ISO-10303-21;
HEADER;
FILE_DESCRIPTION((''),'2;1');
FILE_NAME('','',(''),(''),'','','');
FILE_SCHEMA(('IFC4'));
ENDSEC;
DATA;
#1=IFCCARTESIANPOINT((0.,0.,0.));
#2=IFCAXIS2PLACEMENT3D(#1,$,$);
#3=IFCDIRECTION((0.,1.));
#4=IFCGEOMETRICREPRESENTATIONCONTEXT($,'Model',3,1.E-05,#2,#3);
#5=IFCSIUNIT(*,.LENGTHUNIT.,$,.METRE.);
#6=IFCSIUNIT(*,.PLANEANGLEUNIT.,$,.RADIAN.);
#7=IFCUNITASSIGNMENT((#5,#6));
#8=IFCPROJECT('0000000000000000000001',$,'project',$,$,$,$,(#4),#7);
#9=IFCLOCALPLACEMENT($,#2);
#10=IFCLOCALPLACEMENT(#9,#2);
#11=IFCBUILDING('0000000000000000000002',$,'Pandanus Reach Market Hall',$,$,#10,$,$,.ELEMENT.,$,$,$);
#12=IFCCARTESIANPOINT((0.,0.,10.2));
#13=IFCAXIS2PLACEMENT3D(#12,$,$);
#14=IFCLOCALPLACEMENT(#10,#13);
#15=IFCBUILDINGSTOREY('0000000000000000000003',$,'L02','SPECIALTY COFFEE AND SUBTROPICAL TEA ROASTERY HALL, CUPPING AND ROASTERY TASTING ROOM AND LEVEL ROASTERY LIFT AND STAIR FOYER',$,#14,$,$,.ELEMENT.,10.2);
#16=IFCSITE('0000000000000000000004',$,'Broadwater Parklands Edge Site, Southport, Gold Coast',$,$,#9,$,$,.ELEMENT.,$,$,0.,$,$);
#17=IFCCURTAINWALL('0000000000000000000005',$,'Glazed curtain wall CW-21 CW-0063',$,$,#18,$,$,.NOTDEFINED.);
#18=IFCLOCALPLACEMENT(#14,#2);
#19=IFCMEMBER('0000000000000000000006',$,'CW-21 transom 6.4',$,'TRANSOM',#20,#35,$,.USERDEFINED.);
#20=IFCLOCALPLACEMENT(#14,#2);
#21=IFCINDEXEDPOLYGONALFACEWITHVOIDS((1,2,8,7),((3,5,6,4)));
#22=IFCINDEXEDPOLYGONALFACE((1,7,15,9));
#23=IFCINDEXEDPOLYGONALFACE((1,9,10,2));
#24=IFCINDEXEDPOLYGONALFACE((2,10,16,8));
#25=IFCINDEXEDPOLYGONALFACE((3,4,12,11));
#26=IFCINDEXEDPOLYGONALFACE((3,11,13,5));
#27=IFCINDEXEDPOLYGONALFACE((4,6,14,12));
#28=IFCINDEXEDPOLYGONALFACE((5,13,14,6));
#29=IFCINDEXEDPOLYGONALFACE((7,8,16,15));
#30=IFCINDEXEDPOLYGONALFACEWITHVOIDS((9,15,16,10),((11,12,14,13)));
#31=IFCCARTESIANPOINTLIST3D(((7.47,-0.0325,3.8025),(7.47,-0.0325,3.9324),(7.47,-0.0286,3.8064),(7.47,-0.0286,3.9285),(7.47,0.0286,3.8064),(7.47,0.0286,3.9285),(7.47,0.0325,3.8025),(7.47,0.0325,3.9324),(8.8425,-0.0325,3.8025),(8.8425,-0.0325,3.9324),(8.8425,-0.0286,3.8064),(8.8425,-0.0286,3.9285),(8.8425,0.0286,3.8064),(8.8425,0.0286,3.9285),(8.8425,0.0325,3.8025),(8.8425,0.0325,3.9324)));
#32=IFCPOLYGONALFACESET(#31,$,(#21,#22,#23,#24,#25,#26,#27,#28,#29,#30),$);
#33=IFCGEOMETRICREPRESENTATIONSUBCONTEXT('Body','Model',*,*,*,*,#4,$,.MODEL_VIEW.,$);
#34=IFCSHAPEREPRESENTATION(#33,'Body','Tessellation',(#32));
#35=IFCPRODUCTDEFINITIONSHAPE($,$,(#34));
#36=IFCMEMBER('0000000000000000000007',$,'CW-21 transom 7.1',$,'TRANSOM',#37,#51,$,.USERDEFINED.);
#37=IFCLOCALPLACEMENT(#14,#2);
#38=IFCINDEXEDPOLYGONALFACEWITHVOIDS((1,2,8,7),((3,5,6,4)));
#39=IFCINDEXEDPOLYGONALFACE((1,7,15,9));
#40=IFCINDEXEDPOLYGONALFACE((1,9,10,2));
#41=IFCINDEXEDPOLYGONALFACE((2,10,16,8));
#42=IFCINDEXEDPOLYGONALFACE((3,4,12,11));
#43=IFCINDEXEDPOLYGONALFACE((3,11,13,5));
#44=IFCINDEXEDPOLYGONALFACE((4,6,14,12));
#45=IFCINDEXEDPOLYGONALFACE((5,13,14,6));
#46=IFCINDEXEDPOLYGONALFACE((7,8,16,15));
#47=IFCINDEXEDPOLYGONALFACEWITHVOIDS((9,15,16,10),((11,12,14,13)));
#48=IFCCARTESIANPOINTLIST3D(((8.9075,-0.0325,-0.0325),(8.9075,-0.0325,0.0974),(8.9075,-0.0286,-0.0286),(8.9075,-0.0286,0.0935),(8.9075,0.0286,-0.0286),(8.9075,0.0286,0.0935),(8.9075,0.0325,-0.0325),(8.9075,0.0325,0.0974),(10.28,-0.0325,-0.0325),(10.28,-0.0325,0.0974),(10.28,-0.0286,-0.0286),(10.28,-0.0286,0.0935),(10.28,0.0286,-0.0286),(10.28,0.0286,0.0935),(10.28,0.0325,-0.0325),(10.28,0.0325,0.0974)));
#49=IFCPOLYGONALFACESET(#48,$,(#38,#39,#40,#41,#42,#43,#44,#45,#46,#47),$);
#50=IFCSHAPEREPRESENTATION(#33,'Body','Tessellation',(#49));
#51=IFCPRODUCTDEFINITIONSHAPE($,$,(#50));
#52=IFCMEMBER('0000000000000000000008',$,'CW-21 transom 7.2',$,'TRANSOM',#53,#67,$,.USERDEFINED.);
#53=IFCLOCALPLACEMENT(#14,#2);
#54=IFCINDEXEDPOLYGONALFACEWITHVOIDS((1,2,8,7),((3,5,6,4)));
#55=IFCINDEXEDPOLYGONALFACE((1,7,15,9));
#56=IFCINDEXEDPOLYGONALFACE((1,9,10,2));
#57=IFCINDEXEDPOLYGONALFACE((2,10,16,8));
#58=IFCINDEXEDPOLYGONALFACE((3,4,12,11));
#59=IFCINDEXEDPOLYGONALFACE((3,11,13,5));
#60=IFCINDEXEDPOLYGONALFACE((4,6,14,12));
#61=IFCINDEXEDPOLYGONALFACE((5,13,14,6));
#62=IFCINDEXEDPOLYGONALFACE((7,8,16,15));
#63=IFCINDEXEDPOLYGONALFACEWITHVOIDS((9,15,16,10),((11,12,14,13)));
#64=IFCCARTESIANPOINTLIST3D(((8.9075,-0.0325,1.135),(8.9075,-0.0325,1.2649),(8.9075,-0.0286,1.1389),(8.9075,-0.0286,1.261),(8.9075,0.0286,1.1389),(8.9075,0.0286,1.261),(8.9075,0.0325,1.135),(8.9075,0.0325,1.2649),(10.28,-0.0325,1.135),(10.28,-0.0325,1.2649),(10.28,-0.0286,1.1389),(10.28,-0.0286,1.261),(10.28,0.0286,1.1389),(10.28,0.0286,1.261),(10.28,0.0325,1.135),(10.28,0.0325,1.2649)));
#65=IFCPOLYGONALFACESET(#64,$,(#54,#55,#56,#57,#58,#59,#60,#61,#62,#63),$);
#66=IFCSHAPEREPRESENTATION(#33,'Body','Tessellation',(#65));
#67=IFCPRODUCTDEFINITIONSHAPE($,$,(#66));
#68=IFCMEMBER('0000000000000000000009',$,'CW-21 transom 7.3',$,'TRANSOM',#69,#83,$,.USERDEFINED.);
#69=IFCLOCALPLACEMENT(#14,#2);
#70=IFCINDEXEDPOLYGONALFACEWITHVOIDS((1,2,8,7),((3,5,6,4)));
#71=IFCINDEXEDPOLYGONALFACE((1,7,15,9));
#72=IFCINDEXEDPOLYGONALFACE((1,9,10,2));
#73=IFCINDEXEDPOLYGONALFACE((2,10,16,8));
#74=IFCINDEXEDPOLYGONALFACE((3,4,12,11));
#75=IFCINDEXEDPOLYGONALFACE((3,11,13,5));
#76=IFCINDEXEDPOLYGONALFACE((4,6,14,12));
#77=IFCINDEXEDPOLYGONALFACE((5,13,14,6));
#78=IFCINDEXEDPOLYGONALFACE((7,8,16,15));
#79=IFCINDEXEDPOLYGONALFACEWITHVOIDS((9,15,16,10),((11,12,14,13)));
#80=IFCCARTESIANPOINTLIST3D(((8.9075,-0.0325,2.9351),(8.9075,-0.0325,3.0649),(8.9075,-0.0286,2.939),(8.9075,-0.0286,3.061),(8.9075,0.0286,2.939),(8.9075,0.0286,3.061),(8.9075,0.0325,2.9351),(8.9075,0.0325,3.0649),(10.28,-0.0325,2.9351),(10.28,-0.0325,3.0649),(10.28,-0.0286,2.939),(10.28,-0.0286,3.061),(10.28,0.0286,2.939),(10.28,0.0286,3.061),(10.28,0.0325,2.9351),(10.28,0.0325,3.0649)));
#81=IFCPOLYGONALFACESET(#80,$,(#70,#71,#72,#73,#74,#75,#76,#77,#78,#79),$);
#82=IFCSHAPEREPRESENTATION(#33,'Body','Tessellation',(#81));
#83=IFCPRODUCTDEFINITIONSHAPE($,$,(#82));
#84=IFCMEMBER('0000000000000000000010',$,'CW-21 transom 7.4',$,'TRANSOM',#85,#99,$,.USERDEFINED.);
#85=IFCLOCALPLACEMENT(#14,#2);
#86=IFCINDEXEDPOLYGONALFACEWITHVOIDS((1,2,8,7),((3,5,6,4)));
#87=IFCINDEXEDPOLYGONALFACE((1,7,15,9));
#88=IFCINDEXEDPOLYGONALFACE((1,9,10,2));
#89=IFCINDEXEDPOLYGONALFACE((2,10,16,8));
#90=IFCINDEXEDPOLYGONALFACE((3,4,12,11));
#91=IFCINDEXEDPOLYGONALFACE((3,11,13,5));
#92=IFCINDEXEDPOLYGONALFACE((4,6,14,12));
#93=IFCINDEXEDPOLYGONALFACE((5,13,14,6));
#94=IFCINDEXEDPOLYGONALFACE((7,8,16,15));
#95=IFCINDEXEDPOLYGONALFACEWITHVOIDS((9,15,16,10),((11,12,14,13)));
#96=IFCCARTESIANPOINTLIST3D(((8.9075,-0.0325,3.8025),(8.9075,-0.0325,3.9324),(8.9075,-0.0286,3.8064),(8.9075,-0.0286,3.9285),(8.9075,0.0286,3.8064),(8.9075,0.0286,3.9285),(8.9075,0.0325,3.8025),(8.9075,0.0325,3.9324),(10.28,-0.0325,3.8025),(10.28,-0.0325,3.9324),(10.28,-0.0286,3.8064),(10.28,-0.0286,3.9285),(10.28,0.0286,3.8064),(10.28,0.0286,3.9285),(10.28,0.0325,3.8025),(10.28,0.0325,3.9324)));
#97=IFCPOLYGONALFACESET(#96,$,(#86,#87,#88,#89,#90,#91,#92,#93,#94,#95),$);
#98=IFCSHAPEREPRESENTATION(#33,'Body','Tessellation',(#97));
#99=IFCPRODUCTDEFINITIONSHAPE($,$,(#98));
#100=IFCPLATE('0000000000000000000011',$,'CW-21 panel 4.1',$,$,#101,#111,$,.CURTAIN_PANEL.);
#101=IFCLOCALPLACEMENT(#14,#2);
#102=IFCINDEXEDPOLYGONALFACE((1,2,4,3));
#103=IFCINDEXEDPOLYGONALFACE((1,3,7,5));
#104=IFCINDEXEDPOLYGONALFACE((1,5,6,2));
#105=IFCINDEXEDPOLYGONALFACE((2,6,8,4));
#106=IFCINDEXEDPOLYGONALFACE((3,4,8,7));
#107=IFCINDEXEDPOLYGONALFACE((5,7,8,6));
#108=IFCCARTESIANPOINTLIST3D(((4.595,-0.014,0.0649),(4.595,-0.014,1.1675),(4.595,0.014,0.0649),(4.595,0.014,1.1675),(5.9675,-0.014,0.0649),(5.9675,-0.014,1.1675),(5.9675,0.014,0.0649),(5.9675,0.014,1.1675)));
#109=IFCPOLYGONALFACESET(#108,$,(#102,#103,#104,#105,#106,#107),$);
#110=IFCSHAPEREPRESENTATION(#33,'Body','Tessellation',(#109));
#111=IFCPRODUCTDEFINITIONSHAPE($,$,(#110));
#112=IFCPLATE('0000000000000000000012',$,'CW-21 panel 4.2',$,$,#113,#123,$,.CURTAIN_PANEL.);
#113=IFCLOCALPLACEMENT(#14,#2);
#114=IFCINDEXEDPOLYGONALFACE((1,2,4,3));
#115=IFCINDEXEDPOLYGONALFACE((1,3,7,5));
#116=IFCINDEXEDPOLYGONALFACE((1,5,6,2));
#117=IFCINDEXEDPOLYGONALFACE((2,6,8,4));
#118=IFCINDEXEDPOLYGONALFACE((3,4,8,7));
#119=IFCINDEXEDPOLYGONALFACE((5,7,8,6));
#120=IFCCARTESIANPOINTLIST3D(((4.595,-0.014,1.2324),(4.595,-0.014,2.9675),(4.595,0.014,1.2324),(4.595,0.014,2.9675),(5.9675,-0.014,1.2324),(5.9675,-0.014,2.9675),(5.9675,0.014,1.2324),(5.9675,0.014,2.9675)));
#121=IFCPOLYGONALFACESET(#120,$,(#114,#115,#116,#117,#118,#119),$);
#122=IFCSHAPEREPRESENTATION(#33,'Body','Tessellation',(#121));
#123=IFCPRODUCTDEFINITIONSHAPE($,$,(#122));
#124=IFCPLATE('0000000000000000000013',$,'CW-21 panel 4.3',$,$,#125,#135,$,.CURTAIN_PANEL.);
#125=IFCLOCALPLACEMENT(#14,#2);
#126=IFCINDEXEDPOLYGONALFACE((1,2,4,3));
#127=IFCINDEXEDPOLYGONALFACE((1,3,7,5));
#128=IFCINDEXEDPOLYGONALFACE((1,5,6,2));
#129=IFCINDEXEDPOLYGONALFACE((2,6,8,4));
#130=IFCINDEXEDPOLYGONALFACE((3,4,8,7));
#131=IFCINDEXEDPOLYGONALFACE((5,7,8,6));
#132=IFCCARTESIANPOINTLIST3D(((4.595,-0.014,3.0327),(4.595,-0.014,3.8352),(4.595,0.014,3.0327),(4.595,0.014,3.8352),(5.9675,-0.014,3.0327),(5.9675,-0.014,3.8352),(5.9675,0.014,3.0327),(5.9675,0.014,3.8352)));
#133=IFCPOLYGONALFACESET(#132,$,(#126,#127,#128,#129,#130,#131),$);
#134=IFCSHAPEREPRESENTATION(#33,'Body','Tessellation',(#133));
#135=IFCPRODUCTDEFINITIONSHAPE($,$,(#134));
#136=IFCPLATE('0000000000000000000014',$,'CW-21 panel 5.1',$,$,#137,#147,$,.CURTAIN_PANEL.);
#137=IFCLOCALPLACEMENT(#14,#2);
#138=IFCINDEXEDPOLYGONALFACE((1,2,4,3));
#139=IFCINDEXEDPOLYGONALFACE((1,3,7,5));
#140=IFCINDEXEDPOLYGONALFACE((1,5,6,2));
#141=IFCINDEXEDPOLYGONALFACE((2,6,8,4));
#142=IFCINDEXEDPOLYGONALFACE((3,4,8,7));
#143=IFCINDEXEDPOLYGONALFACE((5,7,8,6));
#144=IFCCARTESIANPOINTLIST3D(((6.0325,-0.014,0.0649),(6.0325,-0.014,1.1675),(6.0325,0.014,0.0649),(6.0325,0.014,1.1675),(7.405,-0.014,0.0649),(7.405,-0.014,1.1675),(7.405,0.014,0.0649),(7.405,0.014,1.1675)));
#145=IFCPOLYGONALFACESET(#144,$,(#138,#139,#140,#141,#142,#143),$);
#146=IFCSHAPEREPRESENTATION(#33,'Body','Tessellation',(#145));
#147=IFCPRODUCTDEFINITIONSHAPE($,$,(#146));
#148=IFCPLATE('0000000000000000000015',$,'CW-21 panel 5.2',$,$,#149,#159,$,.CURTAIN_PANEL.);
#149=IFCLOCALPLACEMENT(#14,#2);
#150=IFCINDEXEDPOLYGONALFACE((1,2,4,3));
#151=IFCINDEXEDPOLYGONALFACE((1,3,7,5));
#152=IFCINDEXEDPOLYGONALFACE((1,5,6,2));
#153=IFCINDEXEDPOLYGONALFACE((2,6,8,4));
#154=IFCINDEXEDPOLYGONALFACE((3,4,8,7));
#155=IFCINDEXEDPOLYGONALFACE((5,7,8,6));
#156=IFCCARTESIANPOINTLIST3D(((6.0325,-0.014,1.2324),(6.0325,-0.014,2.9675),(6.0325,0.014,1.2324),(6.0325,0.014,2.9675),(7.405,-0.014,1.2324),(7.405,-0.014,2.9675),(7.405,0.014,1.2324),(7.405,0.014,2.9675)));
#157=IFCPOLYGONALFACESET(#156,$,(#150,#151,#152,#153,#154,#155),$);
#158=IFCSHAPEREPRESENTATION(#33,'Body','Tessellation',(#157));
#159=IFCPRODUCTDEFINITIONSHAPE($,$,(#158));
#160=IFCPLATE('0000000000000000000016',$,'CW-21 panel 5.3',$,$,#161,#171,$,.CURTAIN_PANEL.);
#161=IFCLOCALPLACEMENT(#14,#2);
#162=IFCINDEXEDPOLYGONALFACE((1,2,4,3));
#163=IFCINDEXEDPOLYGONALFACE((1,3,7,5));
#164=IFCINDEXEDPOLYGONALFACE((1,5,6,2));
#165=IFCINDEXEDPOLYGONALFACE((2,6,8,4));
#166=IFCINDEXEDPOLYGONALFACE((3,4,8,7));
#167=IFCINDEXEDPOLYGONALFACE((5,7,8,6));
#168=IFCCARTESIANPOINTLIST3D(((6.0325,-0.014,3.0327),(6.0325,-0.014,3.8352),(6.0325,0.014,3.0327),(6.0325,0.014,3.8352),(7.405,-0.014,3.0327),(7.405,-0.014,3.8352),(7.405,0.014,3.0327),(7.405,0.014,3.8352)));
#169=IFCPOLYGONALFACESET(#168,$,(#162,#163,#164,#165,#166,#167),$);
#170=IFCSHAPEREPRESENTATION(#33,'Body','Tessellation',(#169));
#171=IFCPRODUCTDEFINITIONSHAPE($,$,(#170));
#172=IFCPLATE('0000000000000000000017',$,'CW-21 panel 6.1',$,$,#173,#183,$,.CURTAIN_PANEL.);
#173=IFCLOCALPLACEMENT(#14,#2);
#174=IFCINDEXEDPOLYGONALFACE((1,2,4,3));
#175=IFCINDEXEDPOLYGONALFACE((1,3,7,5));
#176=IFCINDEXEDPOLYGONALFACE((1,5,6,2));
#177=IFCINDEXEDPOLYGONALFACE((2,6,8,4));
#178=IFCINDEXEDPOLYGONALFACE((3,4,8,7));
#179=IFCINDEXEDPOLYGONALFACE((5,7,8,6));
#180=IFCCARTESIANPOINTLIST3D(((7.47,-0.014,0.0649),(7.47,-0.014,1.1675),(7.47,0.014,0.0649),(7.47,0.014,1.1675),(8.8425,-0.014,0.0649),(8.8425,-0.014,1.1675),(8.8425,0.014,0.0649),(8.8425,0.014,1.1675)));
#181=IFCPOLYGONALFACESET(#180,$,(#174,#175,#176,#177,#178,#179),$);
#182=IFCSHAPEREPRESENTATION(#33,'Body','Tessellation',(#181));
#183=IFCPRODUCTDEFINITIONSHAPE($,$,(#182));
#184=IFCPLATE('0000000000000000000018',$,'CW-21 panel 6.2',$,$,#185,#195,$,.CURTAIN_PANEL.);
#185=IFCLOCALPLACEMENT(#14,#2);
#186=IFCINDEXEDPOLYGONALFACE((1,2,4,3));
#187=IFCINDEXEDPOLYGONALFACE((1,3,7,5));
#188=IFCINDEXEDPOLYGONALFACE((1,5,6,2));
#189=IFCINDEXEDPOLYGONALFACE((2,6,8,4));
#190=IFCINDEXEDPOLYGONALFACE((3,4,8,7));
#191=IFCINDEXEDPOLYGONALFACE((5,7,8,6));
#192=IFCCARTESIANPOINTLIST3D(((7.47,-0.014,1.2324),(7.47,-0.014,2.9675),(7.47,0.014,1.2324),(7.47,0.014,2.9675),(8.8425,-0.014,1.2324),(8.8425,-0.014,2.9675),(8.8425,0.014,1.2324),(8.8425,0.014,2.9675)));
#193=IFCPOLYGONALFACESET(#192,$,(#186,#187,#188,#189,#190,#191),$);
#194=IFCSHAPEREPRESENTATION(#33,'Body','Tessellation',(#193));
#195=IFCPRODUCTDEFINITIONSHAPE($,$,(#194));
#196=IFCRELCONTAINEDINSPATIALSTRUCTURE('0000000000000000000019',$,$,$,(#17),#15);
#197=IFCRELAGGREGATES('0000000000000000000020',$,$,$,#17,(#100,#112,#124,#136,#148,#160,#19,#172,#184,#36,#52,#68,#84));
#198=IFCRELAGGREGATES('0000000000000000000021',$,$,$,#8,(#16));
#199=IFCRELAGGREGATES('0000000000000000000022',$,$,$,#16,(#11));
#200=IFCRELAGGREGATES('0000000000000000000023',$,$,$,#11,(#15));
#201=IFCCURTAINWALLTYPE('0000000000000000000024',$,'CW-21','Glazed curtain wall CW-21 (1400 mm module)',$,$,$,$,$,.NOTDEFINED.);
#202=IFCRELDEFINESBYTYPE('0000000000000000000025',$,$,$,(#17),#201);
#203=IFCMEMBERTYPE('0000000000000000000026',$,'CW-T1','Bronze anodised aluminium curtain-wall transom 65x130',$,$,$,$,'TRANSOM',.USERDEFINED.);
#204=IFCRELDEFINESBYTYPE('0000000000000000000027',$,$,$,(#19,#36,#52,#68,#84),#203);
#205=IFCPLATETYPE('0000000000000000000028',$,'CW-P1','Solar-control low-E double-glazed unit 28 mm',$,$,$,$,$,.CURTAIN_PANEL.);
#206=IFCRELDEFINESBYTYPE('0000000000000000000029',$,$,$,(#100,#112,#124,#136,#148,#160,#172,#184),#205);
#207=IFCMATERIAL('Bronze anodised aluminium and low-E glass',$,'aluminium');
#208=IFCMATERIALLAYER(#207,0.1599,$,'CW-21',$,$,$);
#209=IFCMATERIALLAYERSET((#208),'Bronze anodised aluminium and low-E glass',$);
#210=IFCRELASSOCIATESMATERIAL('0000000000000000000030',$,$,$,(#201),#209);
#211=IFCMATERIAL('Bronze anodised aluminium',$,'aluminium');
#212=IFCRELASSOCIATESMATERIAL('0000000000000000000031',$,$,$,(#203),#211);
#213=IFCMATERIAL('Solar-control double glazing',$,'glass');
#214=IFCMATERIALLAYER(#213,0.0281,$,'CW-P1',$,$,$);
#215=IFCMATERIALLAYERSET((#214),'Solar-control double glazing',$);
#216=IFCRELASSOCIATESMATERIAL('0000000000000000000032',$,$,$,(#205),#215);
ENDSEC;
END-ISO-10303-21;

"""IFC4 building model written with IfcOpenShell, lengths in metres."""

from ifc_helpers import new_model, si_unit, direction, frame, origin, origin_2d, place, context, subcontext, project, spatial, rectangle, hollow_rectangle, extrude, material, layer, layer_set, material_profile, profile_set, type_object, element, aggregate, save


model = new_model("IFC4")

# Units and contexts
model_context = context("Model", 3, precision=1e-05, world=origin(), true_north=direction((0.0, 1.0)))
body_context = subcontext(model_context, "Body", "Model", "MODEL_VIEW")
ifc_project = project(units=[si_unit("LENGTHUNIT", "METRE"), si_unit("PLANEANGLEUNIT", "RADIAN")], contexts=[model_context])

# Site, building, storey
site_placement = place(None, origin())
site = spatial("IfcSite", under=ifc_project, at=site_placement, Name="Broadwater Parklands Edge Site, Southport, Gold Coast", CompositionType="ELEMENT", RefElevation=0.0)
building_placement = place(site_placement, origin())
building = spatial("IfcBuilding", under=site, at=building_placement, Name="Pandanus Reach Market Hall", CompositionType="ELEMENT")
storey_placement = place(building_placement, frame((0.0, 0.0, 10.2)))
storey = spatial("IfcBuildingStorey", under=building, at=storey_placement, Name="L02", Description="SPECIALTY COFFEE AND SUBTROPICAL TEA ROASTERY HALL, CUPPING AND ROASTERY TASTING ROOM AND LEVEL ROASTERY LIFT AND STAIR FOYER", CompositionType="ELEMENT", Elevation=10.2)

# Curtain wall, members, plates
ifc_material_1 = material(Name="Bronze anodised aluminium and low-E glass", Category="aluminium")
ifc_layer_1 = layer(ifc_material_1, 0.1599, Name="CW-21")
ifc_layer_set_1 = layer_set([ifc_layer_1], Name="Bronze anodised aluminium and low-E glass")
curtain_wall_type = type_object("IfcCurtainWallType", Name="CW-21", Description="Glazed curtain wall CW-21 (1400 mm module)", PredefinedType="NOTDEFINED", material=ifc_layer_set_1)
curtain_wall_placement = place(storey_placement, origin())
curtain_wall = element("IfcCurtainWall", 1, at=curtain_wall_placement, inside=storey, type_object=curtain_wall_type, Name="Glazed curtain wall CW-21 CW-0063", PredefinedType="NOTDEFINED")
ifc_material_2 = material(Name="Bronze anodised aluminium", Category="aluminium")
ifc_material_profile_1 = material_profile(ifc_material_2, hollow_rectangle(XDim=0.0649, YDim=0.1299, WallThickness=0.0039, at=origin_2d()), Name="ALU65x130", Category="LoadBearing")
ifc_profile_set_1 = profile_set([ifc_material_profile_1], Name="Bronze anodised aluminium")
member_type_1 = type_object("IfcMemberType", Name="CW-T1", Description="Bronze anodised aluminium curtain-wall transom 65x130", ElementType="TRANSOM", PredefinedType="USERDEFINED", material=ifc_profile_set_1)
member_1_placement = place(storey_placement, frame((7.47, 0.0, 3.8674), z_axis=(1.0, 0.0, 0.0), x_axis=(0.0, 1.0, 0.0)))
member_1 = element("IfcMember", 2, at=member_1_placement, type_object=member_type_1, Name="CW-21 transom 6.4", ObjectType="TRANSOM", PredefinedType="USERDEFINED", context=body_context, shape_type="SweptSolid", body=[
    extrude(hollow_rectangle(XDim=0.0649, YDim=0.1299, WallThickness=0.0039, at=origin_2d()), origin(), (0.0, 0.0, 1.0), 1.3726),
])
member_2_placement = place(storey_placement, frame((8.9075, 0.0, 0.0325), z_axis=(1.0, 0.0, 0.0), x_axis=(0.0, 1.0, 0.0)))
member_2 = element("IfcMember", 3, at=member_2_placement, type_object=member_type_1, Name="CW-21 transom 7.1", ObjectType="TRANSOM", PredefinedType="USERDEFINED", context=body_context, shape_type="SweptSolid", body=[
    extrude(hollow_rectangle(XDim=0.0649, YDim=0.1299, WallThickness=0.0039, at=origin_2d()), origin(), (0.0, 0.0, 1.0), 1.3726),
])
member_3_placement = place(storey_placement, frame((8.9075, 0.0, 1.2), z_axis=(1.0, 0.0, 0.0), x_axis=(0.0, 1.0, 0.0)))
member_3 = element("IfcMember", 4, at=member_3_placement, type_object=member_type_1, Name="CW-21 transom 7.2", ObjectType="TRANSOM", PredefinedType="USERDEFINED", context=body_context, shape_type="SweptSolid", body=[
    extrude(hollow_rectangle(XDim=0.0649, YDim=0.1299, WallThickness=0.0039, at=origin_2d()), origin(), (0.0, 0.0, 1.0), 1.3726),
])
member_4_placement = place(storey_placement, frame((8.9075, 0.0, 3.0), z_axis=(1.0, 0.0, 0.0), x_axis=(0.0, 1.0, 0.0)))
member_4 = element("IfcMember", 5, at=member_4_placement, type_object=member_type_1, Name="CW-21 transom 7.3", ObjectType="TRANSOM", PredefinedType="USERDEFINED", context=body_context, shape_type="SweptSolid", body=[
    extrude(hollow_rectangle(XDim=0.0649, YDim=0.1299, WallThickness=0.0039, at=origin_2d()), origin(), (0.0, 0.0, 1.0), 1.3726),
])
member_5_placement = place(storey_placement, frame((8.9075, 0.0, 3.8674), z_axis=(1.0, 0.0, 0.0), x_axis=(0.0, 1.0, 0.0)))
member_5 = element("IfcMember", 6, at=member_5_placement, type_object=member_type_1, Name="CW-21 transom 7.4", ObjectType="TRANSOM", PredefinedType="USERDEFINED", context=body_context, shape_type="SweptSolid", body=[
    extrude(hollow_rectangle(XDim=0.0649, YDim=0.1299, WallThickness=0.0039, at=origin_2d()), origin(), (0.0, 0.0, 1.0), 1.3726),
])
ifc_material_3 = material(Name="Solar-control double glazing", Category="glass")
ifc_layer_2 = layer(ifc_material_3, 0.0281, Name="CW-P1")
ifc_layer_set_2 = layer_set([ifc_layer_2], Name="Solar-control double glazing")
plate_type = type_object("IfcPlateType", Name="CW-P1", Description="Solar-control low-E double-glazed unit 28 mm", PredefinedType="CURTAIN_PANEL", material=ifc_layer_set_2)
plate_1_placement = place(storey_placement, frame((5.2812, 0.0, 0.0649), z_axis=(0.0, 0.0, 1.0), x_axis=(1.0, 0.0, 0.0)))
plate_1 = element("IfcPlate", 7, at=plate_1_placement, type_object=plate_type, Name="CW-21 panel 4.1", PredefinedType="CURTAIN_PANEL", context=body_context, shape_type="SweptSolid", body=[
    extrude(rectangle(XDim=1.3726, YDim=0.0281, at=origin_2d()), origin(), (0.0, 0.0, 1.0), 1.1025),
])
plate_2_placement = place(storey_placement, frame((5.2812, 0.0, 1.2324), z_axis=(0.0, 0.0, 1.0), x_axis=(1.0, 0.0, 0.0)))
plate_2 = element("IfcPlate", 8, at=plate_2_placement, type_object=plate_type, Name="CW-21 panel 4.2", PredefinedType="CURTAIN_PANEL", context=body_context, shape_type="SweptSolid", body=[
    extrude(rectangle(XDim=1.3726, YDim=0.0281, at=origin_2d()), origin(), (0.0, 0.0, 1.0), 1.7351),
])
plate_3_placement = place(storey_placement, frame((5.2812, 0.0, 3.0327), z_axis=(0.0, 0.0, 1.0), x_axis=(1.0, 0.0, 0.0)))
plate_3 = element("IfcPlate", 9, at=plate_3_placement, type_object=plate_type, Name="CW-21 panel 4.3", PredefinedType="CURTAIN_PANEL", context=body_context, shape_type="SweptSolid", body=[
    extrude(rectangle(XDim=1.3726, YDim=0.0281, at=origin_2d()), origin(), (0.0, 0.0, 1.0), 0.8025),
])
plate_4_placement = place(storey_placement, frame((6.7188, 0.0, 0.0649), z_axis=(0.0, 0.0, 1.0), x_axis=(1.0, 0.0, 0.0)))
plate_4 = element("IfcPlate", 10, at=plate_4_placement, type_object=plate_type, Name="CW-21 panel 5.1", PredefinedType="CURTAIN_PANEL", context=body_context, shape_type="SweptSolid", body=[
    extrude(rectangle(XDim=1.3726, YDim=0.0281, at=origin_2d()), origin(), (0.0, 0.0, 1.0), 1.1025),
])
plate_5_placement = place(storey_placement, frame((6.7188, 0.0, 1.2324), z_axis=(0.0, 0.0, 1.0), x_axis=(1.0, 0.0, 0.0)))
plate_5 = element("IfcPlate", 11, at=plate_5_placement, type_object=plate_type, Name="CW-21 panel 5.2", PredefinedType="CURTAIN_PANEL", context=body_context, shape_type="SweptSolid", body=[
    extrude(rectangle(XDim=1.3726, YDim=0.0281, at=origin_2d()), origin(), (0.0, 0.0, 1.0), 1.7351),
])
plate_6_placement = place(storey_placement, frame((6.7188, 0.0, 3.0327), z_axis=(0.0, 0.0, 1.0), x_axis=(1.0, 0.0, 0.0)))
plate_6 = element("IfcPlate", 12, at=plate_6_placement, type_object=plate_type, Name="CW-21 panel 5.3", PredefinedType="CURTAIN_PANEL", context=body_context, shape_type="SweptSolid", body=[
    extrude(rectangle(XDim=1.3726, YDim=0.0281, at=origin_2d()), origin(), (0.0, 0.0, 1.0), 0.8025),
])
plate_7_placement = place(storey_placement, frame((8.1562, 0.0, 0.0649), z_axis=(0.0, 0.0, 1.0), x_axis=(1.0, 0.0, 0.0)))
plate_7 = element("IfcPlate", 13, at=plate_7_placement, type_object=plate_type, Name="CW-21 panel 6.1", PredefinedType="CURTAIN_PANEL", context=body_context, shape_type="SweptSolid", body=[
    extrude(rectangle(XDim=1.3726, YDim=0.0281, at=origin_2d()), origin(), (0.0, 0.0, 1.0), 1.1025),
])
plate_8_placement = place(storey_placement, frame((8.1562, 0.0, 1.2324), z_axis=(0.0, 0.0, 1.0), x_axis=(1.0, 0.0, 0.0)))
plate_8 = element("IfcPlate", 14, at=plate_8_placement, type_object=plate_type, Name="CW-21 panel 6.2", PredefinedType="CURTAIN_PANEL", context=body_context, shape_type="SweptSolid", body=[
    extrude(rectangle(XDim=1.3726, YDim=0.0281, at=origin_2d()), origin(), (0.0, 0.0, 1.0), 1.7351),
])
aggregate(curtain_wall, [plate_1, plate_2, plate_3, plate_4, plate_5, plate_6, member_1, plate_7, plate_8, member_2, member_3, member_4, member_5])

save(model, "model.ifc")
